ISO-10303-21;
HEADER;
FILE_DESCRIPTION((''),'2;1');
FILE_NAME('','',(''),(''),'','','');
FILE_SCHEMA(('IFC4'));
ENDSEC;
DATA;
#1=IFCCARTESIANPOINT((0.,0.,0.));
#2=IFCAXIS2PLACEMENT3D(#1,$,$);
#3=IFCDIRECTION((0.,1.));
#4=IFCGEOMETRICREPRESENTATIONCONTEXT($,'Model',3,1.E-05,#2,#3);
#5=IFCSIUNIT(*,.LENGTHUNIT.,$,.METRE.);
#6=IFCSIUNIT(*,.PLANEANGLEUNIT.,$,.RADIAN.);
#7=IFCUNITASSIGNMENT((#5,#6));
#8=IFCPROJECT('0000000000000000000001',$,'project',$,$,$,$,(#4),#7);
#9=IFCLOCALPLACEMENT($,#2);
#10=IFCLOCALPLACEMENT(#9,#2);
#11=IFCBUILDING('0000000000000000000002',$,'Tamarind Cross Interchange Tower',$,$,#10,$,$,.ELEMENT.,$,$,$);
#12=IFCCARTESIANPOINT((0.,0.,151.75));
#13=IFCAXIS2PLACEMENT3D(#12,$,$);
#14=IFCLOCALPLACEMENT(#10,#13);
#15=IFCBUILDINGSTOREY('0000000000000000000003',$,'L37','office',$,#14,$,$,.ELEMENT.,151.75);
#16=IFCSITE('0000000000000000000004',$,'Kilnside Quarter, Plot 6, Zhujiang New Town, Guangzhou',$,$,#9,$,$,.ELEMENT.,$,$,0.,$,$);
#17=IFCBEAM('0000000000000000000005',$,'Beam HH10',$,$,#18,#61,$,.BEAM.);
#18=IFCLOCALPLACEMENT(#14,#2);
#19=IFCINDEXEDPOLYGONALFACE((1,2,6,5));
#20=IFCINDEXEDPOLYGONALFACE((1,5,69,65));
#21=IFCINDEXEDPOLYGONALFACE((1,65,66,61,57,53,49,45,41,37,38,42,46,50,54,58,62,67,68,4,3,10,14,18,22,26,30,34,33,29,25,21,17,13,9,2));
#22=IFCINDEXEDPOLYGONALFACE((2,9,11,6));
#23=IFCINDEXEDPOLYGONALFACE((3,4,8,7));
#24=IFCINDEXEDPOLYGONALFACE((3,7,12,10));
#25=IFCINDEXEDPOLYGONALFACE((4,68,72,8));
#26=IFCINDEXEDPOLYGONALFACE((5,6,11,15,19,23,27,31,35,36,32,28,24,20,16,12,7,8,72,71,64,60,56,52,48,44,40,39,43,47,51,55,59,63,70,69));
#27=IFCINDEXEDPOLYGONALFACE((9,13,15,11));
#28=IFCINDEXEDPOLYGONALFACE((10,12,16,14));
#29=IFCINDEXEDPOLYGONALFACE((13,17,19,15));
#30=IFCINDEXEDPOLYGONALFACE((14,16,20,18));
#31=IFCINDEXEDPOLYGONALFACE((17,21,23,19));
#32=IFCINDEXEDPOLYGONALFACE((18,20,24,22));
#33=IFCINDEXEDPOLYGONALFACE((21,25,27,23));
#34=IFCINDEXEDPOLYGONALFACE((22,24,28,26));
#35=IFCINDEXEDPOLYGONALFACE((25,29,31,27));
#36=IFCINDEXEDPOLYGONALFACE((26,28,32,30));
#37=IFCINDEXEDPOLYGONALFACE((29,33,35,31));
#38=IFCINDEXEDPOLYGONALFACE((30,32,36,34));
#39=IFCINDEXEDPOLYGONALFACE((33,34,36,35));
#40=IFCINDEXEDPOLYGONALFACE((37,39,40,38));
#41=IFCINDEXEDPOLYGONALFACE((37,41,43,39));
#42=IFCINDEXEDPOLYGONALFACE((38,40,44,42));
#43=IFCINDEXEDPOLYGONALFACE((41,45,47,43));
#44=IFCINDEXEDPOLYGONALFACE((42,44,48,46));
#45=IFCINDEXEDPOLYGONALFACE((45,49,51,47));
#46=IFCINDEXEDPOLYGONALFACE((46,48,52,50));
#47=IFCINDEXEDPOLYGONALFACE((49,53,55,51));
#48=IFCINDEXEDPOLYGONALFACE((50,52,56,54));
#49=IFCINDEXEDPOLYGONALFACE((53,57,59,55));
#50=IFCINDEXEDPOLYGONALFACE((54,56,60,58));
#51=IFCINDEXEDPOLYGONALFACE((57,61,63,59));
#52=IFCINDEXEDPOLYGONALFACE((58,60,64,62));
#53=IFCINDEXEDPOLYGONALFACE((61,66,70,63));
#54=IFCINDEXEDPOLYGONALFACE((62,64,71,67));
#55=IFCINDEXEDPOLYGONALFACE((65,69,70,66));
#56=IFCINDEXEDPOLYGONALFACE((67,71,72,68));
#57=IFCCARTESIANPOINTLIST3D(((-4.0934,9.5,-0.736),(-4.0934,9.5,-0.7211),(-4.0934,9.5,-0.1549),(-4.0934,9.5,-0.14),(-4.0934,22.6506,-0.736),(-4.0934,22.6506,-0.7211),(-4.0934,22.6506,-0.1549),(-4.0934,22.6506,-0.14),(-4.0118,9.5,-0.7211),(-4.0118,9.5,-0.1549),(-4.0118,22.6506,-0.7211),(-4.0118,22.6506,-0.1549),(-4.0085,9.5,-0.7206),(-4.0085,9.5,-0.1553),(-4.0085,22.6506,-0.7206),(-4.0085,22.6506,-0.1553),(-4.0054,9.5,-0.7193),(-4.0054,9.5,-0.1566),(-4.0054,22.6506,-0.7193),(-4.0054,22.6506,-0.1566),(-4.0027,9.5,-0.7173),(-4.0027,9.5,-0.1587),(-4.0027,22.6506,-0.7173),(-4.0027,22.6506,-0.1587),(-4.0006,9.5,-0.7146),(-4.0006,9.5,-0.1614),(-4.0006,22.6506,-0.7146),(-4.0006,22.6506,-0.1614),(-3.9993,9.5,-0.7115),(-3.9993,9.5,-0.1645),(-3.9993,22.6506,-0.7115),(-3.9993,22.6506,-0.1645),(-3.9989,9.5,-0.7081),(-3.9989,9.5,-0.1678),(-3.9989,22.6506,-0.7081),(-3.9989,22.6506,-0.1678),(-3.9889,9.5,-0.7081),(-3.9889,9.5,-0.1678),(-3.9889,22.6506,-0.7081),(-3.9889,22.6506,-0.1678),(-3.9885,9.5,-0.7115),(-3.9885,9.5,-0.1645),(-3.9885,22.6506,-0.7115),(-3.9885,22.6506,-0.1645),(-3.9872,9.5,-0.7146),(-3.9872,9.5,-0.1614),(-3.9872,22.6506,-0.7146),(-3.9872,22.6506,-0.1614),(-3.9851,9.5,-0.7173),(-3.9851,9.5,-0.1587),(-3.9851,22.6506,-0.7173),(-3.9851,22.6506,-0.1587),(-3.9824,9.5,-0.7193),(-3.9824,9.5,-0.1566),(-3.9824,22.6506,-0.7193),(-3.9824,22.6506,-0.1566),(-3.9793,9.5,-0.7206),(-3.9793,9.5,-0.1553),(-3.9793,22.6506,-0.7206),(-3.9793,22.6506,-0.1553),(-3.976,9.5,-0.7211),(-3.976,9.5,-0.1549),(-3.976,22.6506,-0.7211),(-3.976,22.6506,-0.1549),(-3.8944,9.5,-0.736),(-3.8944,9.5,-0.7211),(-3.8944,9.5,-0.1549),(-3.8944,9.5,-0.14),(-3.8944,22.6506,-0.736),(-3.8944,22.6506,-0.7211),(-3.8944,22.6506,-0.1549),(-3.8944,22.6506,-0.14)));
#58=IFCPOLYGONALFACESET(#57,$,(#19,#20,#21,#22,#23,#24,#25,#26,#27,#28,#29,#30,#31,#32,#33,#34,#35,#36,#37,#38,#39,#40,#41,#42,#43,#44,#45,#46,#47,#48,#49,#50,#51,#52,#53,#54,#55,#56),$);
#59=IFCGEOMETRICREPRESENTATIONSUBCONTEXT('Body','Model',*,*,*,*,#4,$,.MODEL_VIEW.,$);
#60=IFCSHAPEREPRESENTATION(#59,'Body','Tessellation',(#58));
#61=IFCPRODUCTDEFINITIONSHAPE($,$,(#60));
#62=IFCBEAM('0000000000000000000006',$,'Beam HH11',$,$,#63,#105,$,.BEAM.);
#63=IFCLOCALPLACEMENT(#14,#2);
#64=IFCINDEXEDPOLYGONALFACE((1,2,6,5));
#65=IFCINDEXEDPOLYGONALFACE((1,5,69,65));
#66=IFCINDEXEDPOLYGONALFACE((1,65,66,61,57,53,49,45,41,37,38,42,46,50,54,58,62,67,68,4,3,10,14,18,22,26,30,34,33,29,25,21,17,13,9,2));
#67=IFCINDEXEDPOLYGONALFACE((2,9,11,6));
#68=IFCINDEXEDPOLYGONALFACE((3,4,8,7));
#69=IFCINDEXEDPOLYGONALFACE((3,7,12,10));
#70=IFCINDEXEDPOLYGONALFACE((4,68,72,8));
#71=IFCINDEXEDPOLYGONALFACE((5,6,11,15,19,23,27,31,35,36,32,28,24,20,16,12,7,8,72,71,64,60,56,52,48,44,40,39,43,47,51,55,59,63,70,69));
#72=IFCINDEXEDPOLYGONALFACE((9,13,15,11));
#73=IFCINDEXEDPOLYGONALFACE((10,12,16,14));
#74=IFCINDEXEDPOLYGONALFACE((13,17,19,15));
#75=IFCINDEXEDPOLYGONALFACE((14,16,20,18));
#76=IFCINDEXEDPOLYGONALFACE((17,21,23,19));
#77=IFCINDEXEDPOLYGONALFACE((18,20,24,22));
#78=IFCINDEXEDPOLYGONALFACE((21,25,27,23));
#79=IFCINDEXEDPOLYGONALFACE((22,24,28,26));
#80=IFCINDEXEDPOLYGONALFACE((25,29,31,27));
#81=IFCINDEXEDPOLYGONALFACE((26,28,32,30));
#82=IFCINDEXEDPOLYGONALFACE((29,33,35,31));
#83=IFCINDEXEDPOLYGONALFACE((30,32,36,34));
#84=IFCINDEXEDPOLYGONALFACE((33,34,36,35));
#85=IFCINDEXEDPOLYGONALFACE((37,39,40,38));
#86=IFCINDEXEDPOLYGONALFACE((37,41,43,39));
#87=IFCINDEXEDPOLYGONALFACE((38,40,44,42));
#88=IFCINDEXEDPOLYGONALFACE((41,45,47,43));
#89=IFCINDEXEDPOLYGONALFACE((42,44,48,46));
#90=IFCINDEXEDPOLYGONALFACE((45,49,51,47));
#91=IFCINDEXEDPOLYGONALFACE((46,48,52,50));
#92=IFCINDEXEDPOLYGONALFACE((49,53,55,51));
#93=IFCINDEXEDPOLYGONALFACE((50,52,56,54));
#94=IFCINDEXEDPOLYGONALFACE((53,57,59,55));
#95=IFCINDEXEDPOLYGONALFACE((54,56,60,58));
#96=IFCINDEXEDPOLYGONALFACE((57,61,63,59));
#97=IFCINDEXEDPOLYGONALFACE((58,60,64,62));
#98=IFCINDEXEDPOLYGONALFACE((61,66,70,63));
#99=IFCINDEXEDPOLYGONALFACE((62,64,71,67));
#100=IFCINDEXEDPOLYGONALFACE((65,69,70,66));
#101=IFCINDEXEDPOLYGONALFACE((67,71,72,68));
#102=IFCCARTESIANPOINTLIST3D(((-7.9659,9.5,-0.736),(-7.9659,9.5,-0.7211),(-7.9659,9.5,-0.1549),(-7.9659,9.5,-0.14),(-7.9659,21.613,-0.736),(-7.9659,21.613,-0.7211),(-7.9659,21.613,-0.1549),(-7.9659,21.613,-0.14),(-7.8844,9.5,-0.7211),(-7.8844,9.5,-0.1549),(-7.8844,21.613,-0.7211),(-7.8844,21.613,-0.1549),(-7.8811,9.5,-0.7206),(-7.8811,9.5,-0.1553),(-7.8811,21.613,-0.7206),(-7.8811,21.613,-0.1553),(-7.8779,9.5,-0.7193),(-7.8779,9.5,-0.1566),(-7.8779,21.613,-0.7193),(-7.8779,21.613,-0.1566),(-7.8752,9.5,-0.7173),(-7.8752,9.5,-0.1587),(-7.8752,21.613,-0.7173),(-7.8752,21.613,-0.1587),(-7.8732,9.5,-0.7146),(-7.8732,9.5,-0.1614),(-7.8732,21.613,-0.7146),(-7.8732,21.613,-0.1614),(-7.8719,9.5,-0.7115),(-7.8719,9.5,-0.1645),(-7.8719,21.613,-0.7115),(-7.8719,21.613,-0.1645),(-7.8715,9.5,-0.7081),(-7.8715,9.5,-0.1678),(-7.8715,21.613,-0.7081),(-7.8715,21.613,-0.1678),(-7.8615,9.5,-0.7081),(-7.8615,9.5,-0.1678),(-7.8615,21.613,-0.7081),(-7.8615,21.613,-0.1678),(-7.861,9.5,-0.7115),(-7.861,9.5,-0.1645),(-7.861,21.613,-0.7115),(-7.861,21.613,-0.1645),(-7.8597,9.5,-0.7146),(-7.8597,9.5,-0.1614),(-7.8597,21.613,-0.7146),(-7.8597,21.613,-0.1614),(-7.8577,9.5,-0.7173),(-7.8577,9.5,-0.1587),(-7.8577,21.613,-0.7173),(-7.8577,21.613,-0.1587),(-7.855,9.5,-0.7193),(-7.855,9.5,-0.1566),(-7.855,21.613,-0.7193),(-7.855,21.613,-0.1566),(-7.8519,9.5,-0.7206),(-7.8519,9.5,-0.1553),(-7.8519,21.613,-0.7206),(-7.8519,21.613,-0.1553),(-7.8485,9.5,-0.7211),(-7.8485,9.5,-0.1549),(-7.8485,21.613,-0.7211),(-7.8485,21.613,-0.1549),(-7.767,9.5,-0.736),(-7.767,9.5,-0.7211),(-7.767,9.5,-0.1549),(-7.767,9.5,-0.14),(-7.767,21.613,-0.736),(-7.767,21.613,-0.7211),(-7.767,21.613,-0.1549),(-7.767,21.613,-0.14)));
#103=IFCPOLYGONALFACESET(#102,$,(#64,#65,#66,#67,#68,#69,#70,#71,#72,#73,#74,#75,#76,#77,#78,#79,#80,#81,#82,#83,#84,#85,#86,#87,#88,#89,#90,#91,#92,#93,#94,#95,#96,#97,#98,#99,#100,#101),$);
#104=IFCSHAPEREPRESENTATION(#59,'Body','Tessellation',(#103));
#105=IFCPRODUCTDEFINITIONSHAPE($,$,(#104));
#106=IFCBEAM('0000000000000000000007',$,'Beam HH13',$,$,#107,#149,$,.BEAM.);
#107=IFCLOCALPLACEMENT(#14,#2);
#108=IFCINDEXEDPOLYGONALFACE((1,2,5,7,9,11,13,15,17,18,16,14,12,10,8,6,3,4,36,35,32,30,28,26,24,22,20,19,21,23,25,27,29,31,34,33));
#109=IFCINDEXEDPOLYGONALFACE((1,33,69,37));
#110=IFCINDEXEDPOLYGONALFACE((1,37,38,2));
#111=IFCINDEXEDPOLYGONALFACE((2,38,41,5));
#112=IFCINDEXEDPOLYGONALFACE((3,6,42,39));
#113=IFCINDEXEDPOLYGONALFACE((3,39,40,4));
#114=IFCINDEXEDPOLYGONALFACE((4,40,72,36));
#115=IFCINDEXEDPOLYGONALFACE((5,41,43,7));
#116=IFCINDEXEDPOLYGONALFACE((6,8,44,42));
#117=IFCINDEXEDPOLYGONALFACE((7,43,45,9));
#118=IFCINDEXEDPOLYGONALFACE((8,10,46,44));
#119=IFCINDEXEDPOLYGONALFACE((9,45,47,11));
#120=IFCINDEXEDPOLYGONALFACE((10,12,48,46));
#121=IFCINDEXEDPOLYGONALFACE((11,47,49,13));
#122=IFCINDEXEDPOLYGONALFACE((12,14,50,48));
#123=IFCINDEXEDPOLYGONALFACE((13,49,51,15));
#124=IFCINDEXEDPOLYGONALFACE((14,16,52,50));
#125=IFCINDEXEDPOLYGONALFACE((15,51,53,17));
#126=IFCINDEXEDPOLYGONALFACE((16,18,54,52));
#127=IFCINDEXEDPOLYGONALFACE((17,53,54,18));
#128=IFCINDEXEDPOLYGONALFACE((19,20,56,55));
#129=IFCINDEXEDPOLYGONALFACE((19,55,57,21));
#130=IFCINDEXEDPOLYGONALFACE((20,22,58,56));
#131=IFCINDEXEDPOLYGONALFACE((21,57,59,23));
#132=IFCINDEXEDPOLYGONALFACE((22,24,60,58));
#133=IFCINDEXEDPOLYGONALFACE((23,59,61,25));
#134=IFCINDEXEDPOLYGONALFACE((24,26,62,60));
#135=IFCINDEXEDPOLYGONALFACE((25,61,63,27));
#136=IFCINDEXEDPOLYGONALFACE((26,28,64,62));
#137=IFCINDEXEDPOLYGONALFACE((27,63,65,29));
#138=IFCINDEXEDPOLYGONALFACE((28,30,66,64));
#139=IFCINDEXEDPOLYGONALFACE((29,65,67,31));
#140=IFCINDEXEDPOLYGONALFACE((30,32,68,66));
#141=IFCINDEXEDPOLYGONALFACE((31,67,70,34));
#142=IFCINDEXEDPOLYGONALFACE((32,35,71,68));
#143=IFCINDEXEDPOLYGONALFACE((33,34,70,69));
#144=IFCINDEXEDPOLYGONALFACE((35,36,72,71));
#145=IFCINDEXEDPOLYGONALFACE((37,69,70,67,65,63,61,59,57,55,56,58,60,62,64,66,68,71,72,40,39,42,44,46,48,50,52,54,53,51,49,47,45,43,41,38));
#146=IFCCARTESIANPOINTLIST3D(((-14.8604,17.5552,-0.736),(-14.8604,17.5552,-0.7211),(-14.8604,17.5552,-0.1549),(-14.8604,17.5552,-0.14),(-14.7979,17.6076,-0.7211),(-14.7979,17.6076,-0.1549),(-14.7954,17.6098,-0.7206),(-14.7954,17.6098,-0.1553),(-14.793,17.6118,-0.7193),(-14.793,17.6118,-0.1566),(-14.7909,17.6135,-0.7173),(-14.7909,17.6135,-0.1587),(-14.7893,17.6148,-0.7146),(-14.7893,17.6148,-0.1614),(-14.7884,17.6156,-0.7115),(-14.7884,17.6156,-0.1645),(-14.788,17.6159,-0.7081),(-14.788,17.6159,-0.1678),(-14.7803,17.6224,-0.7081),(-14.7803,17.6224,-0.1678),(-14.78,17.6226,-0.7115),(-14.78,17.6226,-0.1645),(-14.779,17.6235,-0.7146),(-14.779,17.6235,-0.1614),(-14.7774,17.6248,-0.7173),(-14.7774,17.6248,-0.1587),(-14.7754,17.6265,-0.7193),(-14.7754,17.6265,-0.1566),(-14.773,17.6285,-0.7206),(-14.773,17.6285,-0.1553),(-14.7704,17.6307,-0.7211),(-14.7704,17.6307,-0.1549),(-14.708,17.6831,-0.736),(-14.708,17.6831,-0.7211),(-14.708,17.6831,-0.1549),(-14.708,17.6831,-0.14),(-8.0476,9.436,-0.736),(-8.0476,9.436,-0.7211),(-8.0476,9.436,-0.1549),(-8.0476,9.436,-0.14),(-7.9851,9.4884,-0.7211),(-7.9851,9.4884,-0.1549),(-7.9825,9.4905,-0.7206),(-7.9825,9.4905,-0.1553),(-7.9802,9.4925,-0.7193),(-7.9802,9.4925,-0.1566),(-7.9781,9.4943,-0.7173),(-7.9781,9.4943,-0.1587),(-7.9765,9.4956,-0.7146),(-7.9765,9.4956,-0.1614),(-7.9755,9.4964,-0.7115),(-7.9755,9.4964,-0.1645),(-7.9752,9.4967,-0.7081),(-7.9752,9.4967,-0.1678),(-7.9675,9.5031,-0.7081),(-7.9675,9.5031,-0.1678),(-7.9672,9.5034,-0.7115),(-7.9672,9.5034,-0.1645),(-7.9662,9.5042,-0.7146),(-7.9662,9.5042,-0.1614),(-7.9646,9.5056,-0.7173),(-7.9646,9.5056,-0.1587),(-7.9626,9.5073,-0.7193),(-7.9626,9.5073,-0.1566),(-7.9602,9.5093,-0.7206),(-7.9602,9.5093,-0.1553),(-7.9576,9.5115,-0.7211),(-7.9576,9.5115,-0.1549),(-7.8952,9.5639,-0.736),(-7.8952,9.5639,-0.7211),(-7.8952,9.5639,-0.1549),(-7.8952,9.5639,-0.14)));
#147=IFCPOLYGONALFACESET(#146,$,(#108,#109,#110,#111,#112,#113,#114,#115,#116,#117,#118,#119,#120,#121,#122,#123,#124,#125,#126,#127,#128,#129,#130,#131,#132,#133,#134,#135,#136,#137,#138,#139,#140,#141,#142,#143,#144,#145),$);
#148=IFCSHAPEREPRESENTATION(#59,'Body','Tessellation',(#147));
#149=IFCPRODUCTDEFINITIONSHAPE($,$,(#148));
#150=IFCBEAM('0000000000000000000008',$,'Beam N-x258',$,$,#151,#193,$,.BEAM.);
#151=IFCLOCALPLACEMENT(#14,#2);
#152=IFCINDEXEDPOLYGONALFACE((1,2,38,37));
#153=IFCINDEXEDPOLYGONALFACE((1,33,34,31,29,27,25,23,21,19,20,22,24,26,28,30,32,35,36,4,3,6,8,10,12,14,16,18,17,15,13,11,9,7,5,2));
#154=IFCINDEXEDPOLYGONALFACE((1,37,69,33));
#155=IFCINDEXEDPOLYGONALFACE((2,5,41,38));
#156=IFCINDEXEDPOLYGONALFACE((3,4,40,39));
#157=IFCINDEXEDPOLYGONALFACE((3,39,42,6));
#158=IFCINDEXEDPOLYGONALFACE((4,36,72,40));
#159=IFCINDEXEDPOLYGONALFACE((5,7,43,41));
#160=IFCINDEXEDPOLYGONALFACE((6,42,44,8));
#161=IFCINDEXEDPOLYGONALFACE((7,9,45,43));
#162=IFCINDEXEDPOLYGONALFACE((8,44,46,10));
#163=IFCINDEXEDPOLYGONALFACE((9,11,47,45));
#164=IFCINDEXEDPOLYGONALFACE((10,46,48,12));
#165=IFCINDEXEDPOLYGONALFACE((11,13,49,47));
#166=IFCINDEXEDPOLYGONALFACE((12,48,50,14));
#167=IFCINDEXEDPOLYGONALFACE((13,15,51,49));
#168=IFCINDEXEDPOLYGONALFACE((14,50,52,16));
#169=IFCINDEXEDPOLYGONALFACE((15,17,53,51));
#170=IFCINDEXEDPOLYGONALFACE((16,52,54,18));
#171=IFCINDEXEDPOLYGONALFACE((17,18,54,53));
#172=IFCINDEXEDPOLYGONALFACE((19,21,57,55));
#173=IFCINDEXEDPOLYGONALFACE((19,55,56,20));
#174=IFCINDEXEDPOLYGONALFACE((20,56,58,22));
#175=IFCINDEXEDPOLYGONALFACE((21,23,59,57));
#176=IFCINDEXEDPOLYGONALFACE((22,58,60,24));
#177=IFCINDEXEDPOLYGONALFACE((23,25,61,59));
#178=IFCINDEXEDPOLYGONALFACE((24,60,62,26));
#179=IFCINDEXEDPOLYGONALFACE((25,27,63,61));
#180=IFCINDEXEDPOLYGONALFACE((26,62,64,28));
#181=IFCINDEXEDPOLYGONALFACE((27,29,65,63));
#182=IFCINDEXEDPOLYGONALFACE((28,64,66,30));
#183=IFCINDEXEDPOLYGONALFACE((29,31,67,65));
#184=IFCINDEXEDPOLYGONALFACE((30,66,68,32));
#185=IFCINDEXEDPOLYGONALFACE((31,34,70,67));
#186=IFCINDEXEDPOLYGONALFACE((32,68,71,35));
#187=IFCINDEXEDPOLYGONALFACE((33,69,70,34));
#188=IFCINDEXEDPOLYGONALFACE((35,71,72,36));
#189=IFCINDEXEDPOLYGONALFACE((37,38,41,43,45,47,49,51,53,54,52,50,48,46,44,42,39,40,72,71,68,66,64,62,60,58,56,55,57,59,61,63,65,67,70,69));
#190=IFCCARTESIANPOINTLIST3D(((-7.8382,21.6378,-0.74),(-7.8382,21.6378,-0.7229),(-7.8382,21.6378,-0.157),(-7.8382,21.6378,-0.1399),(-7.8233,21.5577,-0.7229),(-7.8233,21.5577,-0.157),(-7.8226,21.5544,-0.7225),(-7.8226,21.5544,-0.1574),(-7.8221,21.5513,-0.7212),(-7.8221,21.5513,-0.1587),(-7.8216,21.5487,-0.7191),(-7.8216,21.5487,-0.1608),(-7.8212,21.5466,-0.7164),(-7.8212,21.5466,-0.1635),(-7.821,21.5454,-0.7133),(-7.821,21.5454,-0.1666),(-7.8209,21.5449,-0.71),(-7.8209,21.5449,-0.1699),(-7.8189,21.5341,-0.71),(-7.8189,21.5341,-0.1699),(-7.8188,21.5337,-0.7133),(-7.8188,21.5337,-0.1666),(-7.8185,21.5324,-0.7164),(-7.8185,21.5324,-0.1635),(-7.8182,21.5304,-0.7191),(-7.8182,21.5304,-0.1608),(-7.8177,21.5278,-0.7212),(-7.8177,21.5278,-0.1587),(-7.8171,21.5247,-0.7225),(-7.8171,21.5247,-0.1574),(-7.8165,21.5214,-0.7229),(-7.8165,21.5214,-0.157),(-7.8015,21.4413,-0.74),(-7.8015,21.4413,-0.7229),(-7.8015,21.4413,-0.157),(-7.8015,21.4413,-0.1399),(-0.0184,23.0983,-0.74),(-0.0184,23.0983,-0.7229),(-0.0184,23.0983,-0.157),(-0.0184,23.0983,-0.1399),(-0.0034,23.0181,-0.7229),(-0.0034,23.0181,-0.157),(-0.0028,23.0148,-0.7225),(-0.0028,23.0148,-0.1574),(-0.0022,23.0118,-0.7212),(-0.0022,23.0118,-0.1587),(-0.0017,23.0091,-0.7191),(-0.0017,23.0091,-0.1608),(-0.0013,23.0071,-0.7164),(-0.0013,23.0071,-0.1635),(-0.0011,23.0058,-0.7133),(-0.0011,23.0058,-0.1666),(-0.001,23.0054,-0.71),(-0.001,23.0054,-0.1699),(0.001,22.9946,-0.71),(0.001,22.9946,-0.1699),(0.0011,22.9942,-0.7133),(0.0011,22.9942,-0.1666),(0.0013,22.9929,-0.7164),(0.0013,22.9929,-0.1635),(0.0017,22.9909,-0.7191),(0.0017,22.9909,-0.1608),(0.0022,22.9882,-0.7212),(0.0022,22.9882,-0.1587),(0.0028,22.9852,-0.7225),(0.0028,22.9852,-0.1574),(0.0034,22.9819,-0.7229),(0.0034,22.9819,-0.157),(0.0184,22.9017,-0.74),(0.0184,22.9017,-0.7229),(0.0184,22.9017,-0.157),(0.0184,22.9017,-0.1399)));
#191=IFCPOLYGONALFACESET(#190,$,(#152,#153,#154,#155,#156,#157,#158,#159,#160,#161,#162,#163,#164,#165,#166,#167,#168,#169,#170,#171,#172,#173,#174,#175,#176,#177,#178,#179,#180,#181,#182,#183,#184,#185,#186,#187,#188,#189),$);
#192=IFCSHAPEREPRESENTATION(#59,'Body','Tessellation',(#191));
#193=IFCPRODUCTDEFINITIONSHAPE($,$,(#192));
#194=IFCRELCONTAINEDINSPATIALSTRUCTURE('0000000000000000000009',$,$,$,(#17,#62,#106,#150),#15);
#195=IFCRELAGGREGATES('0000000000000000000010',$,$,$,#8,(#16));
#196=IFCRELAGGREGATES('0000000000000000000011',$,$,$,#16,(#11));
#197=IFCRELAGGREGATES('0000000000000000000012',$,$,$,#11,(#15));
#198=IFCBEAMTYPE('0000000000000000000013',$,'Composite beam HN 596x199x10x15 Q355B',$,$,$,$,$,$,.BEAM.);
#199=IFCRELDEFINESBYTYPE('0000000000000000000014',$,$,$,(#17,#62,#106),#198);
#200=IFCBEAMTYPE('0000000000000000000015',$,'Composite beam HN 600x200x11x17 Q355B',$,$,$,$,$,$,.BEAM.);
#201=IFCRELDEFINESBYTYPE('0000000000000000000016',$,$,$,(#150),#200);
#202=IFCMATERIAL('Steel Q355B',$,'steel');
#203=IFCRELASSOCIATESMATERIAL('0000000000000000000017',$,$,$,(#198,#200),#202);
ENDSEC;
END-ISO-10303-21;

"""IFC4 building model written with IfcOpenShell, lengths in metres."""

from ifc_helpers import new_model, si_unit, direction, frame, origin, origin_2d, place, context, subcontext, project, spatial, i_section, extrude, material, material_profile, profile_set, type_object, element, save


model = new_model("IFC4")

# Units and contexts
model_context = context("Model", 3, precision=1e-05, world=origin(), true_north=direction((0.0, 1.0)))
body_context = subcontext(model_context, "Body", "Model", "MODEL_VIEW")
ifc_project = project(units=[si_unit("LENGTHUNIT", "METRE"), si_unit("PLANEANGLEUNIT", "RADIAN")], contexts=[model_context])

# Site, building, storey
site_placement = place(None, origin())
site = spatial("IfcSite", under=ifc_project, at=site_placement, Name="Kilnside Quarter, Plot 6, Zhujiang New Town, Guangzhou", CompositionType="ELEMENT", RefElevation=0.0)
building_placement = place(site_placement, origin())
building = spatial("IfcBuilding", under=site, at=building_placement, Name="Tamarind Cross Interchange Tower", CompositionType="ELEMENT")
storey_placement = place(building_placement, frame((0.0, 0.0, 151.75)))
storey = spatial("IfcBuildingStorey", under=building, at=storey_placement, Name="L37", Description="office", CompositionType="ELEMENT", Elevation=151.75)

# Beams
ifc_material_1 = material(Name="Steel Q355B", Category="steel")
ifc_material_profile_1 = material_profile(ifc_material_1, i_section(OverallWidth=0.199, OverallDepth=0.5959, WebThickness=0.01, FlangeThickness=0.0149, FilletRadius=0.0129, at=origin_2d()), Name="HN 596x199x10x15")
ifc_profile_set_1 = profile_set([ifc_material_profile_1], Name="Steel Q355B")
beam_type_1 = type_object("IfcBeamType", Name="Composite beam HN 596x199x10x15 Q355B", PredefinedType="BEAM", material=ifc_profile_set_1)
beam_1_placement = place(storey_placement, frame((-3.9939, 22.6506, -0.438), z_axis=(0.0, -1.0, 0.0), x_axis=(1.0, 0.0, 0.0)))
element("IfcBeam", 1, at=beam_1_placement, inside=storey, type_object=beam_type_1, Name="Beam HH10", PredefinedType="BEAM", context=body_context, shape_type="SweptSolid", body=[
    extrude(i_section(OverallWidth=0.199, OverallDepth=0.5959, WebThickness=0.01, FlangeThickness=0.0149, FilletRadius=0.0129, at=origin_2d()), origin(), (0.0, 0.0, 1.0), 13.1506),
])
beam_2_placement = place(storey_placement, frame((-7.8665, 21.613, -0.438), z_axis=(0.0, -1.0, 0.0), x_axis=(1.0, 0.0, 0.0)))
element("IfcBeam", 2, at=beam_2_placement, inside=storey, type_object=beam_type_1, Name="Beam HH11", PredefinedType="BEAM", context=body_context, shape_type="SweptSolid", body=[
    extrude(i_section(OverallWidth=0.199, OverallDepth=0.5959, WebThickness=0.01, FlangeThickness=0.0149, FilletRadius=0.0129, at=origin_2d()), origin(), (0.0, 0.0, 1.0), 12.113),
])
beam_3_placement = place(storey_placement, frame((-14.7842, 17.6191, -0.438), z_axis=(0.642786, -0.766046, 0.0), x_axis=(0.766046, 0.642786, 0.0)))
element("IfcBeam", 3, at=beam_3_placement, inside=storey, type_object=beam_type_1, Name="Beam HH13", PredefinedType="BEAM", context=body_context, shape_type="SweptSolid", body=[
    extrude(i_section(OverallWidth=0.199, OverallDepth=0.5959, WebThickness=0.01, FlangeThickness=0.0149, FilletRadius=0.0129, at=origin_2d()), origin(), (0.0, 0.0, 1.0), 10.5989),
])
ifc_material_profile_2 = material_profile(ifc_material_1, i_section(OverallWidth=0.2, OverallDepth=0.6001, WebThickness=0.011, FlangeThickness=0.0171, FilletRadius=0.0129, at=origin_2d()), Name="HN 600x200x11x17")
ifc_profile_set_2 = profile_set([ifc_material_profile_2], Name="Steel Q355B")
beam_type_2 = type_object("IfcBeamType", Name="Composite beam HN 600x200x11x17 Q355B", PredefinedType="BEAM", material=ifc_profile_set_2)
beam_4_placement = place(storey_placement, frame((0.0, 23.0, -0.4399), z_axis=(-0.983003, -0.183588, 0.0), x_axis=(0.183588, -0.983003, 0.0)))
element("IfcBeam", 4, at=beam_4_placement, inside=storey, type_object=beam_type_2, Name="Beam N-x258", PredefinedType="BEAM", context=body_context, shape_type="SweptSolid", body=[
    extrude(i_section(OverallWidth=0.2, OverallDepth=0.6001, WebThickness=0.011, FlangeThickness=0.0171, FilletRadius=0.0129, at=origin_2d()), origin(), (0.0, 0.0, 1.0), 7.9551),
])

save(model, "model.ifc")
